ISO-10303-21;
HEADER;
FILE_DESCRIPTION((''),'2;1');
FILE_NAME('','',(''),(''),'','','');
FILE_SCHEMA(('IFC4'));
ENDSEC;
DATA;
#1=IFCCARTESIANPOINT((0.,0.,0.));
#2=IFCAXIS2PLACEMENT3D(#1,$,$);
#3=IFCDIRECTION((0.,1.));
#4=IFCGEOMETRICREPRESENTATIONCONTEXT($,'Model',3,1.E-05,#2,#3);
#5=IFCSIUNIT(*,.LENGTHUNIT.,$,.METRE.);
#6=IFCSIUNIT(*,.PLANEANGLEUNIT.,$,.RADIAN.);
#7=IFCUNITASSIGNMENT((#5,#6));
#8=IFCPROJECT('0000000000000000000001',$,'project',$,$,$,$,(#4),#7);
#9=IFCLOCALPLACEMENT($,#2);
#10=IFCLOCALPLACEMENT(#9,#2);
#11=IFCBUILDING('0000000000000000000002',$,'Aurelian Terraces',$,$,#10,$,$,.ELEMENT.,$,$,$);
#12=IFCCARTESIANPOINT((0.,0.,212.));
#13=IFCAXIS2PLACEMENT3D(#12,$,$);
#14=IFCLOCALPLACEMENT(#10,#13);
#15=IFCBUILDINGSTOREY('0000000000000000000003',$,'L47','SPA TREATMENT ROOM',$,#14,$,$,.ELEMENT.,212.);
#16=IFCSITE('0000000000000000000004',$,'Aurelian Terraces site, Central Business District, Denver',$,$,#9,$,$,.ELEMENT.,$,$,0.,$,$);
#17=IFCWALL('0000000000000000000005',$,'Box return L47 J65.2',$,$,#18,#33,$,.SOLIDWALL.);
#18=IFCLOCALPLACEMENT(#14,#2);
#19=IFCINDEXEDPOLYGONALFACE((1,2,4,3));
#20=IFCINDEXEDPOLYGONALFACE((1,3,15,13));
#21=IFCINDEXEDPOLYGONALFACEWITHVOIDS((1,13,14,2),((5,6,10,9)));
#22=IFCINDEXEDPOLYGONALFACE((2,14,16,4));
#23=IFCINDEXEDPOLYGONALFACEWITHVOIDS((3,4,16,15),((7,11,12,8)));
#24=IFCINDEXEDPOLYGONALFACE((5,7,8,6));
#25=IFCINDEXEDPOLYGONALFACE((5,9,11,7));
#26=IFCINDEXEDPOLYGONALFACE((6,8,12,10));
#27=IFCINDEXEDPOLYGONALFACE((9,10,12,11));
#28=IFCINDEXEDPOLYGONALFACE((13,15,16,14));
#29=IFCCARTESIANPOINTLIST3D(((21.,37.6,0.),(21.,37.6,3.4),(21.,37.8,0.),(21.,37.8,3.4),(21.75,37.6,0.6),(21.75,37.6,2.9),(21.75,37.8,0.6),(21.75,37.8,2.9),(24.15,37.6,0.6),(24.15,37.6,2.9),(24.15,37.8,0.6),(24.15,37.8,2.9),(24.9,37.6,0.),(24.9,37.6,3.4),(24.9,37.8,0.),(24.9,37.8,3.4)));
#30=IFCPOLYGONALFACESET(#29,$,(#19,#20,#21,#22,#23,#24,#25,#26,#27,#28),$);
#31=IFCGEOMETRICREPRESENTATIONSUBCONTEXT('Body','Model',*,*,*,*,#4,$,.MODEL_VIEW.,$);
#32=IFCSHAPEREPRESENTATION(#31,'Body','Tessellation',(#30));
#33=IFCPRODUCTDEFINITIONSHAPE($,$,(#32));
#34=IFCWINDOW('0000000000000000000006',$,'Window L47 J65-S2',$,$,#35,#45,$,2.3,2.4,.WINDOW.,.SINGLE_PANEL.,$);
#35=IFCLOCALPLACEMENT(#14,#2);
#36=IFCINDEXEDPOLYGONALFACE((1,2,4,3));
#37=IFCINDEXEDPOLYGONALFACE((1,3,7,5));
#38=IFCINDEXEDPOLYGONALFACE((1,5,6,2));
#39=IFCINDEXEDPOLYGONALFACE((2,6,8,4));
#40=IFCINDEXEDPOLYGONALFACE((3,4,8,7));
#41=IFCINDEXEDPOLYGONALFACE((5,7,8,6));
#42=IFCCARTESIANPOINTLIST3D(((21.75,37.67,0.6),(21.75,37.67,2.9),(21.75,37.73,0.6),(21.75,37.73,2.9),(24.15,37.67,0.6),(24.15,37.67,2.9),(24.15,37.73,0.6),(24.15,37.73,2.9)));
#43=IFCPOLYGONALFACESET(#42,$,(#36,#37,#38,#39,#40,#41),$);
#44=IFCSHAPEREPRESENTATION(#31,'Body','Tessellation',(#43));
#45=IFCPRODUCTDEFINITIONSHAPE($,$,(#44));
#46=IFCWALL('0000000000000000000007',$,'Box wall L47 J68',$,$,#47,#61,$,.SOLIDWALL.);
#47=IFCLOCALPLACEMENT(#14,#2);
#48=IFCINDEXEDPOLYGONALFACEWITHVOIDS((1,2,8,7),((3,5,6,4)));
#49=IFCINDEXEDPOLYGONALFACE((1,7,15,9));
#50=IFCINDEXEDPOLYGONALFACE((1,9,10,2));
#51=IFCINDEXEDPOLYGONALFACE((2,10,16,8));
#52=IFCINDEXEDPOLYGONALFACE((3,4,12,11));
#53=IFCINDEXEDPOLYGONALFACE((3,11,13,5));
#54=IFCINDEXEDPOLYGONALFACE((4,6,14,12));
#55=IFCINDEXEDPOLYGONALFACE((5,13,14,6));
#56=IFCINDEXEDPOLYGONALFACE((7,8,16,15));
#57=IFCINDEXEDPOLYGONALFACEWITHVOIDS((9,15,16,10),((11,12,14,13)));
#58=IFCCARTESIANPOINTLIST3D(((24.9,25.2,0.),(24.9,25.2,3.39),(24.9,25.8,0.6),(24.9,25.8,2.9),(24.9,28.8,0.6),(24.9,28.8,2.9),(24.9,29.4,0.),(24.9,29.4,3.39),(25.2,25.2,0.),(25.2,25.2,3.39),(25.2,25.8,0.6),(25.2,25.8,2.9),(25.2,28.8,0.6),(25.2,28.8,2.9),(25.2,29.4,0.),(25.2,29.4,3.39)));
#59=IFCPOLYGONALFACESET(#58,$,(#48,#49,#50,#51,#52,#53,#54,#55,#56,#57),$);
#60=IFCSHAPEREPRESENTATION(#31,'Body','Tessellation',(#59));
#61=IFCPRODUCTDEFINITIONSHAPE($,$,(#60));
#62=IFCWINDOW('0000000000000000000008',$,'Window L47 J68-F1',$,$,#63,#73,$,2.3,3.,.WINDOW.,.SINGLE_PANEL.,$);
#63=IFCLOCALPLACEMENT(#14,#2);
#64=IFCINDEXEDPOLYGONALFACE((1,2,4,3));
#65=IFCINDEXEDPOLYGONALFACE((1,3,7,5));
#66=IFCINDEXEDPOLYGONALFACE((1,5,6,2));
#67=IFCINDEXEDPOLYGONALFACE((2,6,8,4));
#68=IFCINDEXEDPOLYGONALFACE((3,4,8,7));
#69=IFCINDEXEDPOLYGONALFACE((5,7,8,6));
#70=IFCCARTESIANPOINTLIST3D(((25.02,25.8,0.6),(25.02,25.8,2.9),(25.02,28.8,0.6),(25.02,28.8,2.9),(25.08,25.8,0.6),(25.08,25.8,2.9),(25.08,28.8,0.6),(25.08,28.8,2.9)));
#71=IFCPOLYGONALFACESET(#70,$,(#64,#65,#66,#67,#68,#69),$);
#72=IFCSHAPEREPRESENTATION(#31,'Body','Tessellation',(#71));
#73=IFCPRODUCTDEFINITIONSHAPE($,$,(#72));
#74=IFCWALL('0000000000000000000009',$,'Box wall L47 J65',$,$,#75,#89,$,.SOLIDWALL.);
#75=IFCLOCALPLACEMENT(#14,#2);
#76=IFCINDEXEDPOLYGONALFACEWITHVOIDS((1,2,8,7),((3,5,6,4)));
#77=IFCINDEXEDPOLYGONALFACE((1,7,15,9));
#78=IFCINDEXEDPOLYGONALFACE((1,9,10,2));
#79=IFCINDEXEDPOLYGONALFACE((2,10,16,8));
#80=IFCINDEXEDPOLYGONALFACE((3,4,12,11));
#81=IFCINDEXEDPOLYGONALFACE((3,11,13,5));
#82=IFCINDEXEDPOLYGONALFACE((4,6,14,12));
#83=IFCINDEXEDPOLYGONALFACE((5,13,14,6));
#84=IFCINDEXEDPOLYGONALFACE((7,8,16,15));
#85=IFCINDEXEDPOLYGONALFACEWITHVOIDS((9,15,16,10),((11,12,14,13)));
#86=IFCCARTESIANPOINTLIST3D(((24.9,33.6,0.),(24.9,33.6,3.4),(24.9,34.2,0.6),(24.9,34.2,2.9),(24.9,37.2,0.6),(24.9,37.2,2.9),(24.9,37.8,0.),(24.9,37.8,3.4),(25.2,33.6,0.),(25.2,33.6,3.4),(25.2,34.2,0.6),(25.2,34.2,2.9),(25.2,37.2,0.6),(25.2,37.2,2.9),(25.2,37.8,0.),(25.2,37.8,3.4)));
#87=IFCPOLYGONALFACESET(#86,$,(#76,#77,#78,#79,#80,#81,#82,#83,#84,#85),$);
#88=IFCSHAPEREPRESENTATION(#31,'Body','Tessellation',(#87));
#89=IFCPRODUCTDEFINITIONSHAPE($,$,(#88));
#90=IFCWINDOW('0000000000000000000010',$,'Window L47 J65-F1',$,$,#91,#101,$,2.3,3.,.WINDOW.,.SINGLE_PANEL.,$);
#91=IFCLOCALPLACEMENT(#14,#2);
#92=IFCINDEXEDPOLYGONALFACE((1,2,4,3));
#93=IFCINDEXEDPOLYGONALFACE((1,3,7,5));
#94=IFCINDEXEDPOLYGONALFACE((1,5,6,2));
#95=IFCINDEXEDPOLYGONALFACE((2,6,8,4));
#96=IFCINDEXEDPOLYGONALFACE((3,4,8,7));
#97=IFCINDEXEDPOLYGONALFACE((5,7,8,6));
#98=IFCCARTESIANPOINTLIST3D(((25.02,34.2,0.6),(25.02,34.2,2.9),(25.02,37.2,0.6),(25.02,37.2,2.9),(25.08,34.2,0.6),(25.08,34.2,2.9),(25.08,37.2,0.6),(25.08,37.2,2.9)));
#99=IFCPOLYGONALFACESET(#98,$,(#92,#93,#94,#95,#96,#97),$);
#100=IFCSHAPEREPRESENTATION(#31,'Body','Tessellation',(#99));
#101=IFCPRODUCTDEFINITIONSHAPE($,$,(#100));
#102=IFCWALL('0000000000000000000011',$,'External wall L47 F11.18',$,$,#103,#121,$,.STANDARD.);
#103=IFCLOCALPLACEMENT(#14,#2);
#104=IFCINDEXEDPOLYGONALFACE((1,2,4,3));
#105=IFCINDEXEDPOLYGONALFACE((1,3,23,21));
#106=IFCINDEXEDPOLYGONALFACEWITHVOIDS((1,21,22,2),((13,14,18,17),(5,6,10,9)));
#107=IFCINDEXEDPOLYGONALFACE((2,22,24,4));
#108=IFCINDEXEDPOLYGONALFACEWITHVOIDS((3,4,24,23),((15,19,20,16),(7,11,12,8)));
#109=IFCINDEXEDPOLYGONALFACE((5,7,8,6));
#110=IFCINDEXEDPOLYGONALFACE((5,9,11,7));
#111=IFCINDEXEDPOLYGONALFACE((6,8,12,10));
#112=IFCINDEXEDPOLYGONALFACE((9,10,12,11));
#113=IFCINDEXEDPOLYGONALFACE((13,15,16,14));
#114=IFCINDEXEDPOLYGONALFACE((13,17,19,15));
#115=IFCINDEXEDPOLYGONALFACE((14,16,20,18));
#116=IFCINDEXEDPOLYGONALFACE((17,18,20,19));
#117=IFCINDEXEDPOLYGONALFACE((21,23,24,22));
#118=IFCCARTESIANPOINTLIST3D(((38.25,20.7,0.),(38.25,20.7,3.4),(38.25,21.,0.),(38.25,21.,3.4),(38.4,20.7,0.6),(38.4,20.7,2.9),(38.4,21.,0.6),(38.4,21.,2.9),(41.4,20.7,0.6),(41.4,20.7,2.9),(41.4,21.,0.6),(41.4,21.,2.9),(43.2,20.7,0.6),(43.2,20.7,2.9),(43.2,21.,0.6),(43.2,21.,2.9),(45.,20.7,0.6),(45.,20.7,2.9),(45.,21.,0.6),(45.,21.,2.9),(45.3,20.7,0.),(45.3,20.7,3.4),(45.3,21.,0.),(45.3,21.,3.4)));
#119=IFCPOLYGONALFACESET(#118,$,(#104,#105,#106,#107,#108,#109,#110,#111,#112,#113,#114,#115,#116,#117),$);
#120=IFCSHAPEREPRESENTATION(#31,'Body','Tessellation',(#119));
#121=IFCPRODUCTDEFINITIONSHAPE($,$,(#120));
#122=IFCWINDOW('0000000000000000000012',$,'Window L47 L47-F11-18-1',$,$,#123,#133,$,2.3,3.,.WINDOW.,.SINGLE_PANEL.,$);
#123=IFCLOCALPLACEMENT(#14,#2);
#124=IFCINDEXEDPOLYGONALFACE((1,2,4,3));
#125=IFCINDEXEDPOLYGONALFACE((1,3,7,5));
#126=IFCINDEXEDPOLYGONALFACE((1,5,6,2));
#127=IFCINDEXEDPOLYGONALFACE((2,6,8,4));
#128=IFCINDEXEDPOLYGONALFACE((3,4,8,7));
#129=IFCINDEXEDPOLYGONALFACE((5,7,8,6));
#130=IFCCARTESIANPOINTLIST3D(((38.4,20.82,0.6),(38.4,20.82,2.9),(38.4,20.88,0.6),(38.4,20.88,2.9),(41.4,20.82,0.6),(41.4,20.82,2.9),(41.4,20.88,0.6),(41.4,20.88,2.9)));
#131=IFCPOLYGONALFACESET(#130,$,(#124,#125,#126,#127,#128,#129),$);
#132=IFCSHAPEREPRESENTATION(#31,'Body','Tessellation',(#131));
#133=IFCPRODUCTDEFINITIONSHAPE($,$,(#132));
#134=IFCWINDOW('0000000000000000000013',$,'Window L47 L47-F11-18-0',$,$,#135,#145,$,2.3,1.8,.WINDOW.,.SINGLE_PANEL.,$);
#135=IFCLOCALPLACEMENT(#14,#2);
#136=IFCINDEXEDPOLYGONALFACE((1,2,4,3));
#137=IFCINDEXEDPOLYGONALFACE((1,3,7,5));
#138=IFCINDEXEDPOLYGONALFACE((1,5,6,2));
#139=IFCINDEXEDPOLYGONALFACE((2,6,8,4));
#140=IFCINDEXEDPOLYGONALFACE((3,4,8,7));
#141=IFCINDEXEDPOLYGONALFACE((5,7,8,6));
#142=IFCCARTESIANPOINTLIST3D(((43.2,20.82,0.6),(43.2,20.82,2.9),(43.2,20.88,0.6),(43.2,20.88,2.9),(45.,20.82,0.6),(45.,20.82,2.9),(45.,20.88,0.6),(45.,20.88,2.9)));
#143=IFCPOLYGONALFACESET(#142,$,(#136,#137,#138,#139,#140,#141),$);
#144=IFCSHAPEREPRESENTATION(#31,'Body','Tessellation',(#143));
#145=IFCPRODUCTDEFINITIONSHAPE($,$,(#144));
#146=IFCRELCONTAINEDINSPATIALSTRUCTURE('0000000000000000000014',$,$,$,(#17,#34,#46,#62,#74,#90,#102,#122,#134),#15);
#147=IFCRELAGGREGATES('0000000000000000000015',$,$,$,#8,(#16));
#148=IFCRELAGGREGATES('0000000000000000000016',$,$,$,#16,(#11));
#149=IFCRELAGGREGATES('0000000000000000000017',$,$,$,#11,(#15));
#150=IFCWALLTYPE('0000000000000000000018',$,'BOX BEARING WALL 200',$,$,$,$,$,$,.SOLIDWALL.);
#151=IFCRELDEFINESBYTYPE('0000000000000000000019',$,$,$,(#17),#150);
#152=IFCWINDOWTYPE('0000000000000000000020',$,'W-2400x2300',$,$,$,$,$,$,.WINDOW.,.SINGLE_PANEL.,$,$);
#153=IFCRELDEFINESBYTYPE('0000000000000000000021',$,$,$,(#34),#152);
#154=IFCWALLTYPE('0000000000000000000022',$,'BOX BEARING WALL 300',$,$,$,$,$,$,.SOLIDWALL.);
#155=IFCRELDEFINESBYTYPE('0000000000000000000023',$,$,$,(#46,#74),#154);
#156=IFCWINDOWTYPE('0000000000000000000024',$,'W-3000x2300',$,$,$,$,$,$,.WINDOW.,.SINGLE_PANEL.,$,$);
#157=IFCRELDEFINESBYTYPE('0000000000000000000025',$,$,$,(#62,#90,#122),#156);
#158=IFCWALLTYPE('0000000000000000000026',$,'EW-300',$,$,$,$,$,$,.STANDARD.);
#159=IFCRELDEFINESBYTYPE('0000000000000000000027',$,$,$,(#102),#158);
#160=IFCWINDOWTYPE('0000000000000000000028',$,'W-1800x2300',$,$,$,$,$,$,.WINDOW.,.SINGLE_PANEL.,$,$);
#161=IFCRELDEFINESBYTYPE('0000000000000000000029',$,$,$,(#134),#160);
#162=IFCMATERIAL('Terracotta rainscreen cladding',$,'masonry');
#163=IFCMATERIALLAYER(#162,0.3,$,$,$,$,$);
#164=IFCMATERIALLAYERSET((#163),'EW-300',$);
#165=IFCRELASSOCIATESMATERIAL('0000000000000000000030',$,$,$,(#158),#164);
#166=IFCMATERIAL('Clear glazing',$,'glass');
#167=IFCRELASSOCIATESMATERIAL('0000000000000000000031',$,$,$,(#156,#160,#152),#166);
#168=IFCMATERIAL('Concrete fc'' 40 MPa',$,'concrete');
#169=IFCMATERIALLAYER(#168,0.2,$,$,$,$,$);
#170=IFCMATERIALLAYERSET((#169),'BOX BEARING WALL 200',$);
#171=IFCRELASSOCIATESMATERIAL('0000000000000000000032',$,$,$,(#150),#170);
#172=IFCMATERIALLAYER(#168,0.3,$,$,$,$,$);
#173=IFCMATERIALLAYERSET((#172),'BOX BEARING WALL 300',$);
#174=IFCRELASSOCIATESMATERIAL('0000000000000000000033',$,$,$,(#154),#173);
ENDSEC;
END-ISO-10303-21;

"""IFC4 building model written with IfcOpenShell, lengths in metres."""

from ifc_helpers import new_model, si_unit, direction, frame, frame_2d, origin, place, context, subcontext, project, spatial, rectangle, extrude, source, transform, mapped, material, layer, layer_set, type_object, element, fill, save


model = new_model("IFC4")

# Units and contexts
model_context = context("Model", 3, precision=1e-05, world=origin(), true_north=direction((0.0, 1.0)))
body_context = subcontext(model_context, "Body", "Model", "MODEL_VIEW")
ifc_project = project(units=[si_unit("LENGTHUNIT", "METRE"), si_unit("PLANEANGLEUNIT", "RADIAN")], contexts=[model_context])

# Site, building, storey
site_placement = place(None, origin())
site = spatial("IfcSite", under=ifc_project, at=site_placement, Name="Aurelian Terraces site, Central Business District, Denver", CompositionType="ELEMENT", RefElevation=0.0)
building_placement = place(site_placement, origin())
building = spatial("IfcBuilding", under=site, at=building_placement, Name="Aurelian Terraces", CompositionType="ELEMENT")
storey_placement = place(building_placement, frame((0.0, 0.0, 212.0)))
storey = spatial("IfcBuildingStorey", under=building, at=storey_placement, Name="L47", Description="SPA TREATMENT ROOM", CompositionType="ELEMENT", Elevation=212.0)

# Shared definitions
ifc_material_1 = material(Name="Concrete fc' 40 MPa", Category="concrete")

# Shared definitions
ifc_material_2 = material(Name="Terracotta rainscreen cladding", Category="masonry")
ifc_layer_1 = layer(ifc_material_2, 0.3)
ifc_layer_set_1 = layer_set([ifc_layer_1], Name="EW-300")
wall_type_1 = type_object("IfcWallType", Name="EW-300", PredefinedType="STANDARD", material=ifc_layer_set_1)
shared_shape_1 = source(origin(), body_context, "Body", "SweptSolid", [
    extrude(rectangle(XDim=3.0, YDim=2.3, at=frame_2d((1.5, 1.15))), frame((0.0, 0.16, 0.0), z_axis=(0.0, -1.0, 0.0), x_axis=(1.0, 0.0, 0.0)), (0.0, 0.0, 1.0), 0.32),
])
shared_shape_2 = source(origin(), body_context, "Body", "SweptSolid", [
    extrude(rectangle(XDim=1.8, YDim=2.3, at=frame_2d((0.9, 1.15))), frame((0.0, 0.16, 0.0), z_axis=(0.0, -1.0, 0.0), x_axis=(1.0, 0.0, 0.0)), (0.0, 0.0, 1.0), 0.32),
])
ifc_material_3 = material(Name="Clear glazing", Category="glass")
window_type_1 = type_object("IfcWindowType", Name="W-3000x2300", PartitioningType="SINGLE_PANEL", PredefinedType="WINDOW", material=ifc_material_3)
shared_shape_3 = source(origin(), body_context, "Body", "SweptSolid", [
    extrude(rectangle(XDim=3.0, YDim=2.3, at=frame_2d((1.5, 1.15))), frame((0.0, 0.03, 0.0), z_axis=(0.0, -1.0, 0.0), x_axis=(1.0, 0.0, 0.0)), (0.0, 0.0, 1.0), 0.06),
])
window_type_2 = type_object("IfcWindowType", Name="W-1800x2300", PartitioningType="SINGLE_PANEL", PredefinedType="WINDOW", material=ifc_material_3)
shared_shape_4 = source(origin(), body_context, "Body", "SweptSolid", [
    extrude(rectangle(XDim=1.8, YDim=2.3, at=frame_2d((0.9, 1.15))), frame((0.0, 0.03, 0.0), z_axis=(0.0, -1.0, 0.0), x_axis=(1.0, 0.0, 0.0)), (0.0, 0.0, 1.0), 0.06),
])

# Walls, openings, windows
ifc_layer_2 = layer(ifc_material_1, 0.2)
ifc_layer_set_2 = layer_set([ifc_layer_2], Name="BOX BEARING WALL 200")
wall_type_2 = type_object("IfcWallType", Name="BOX BEARING WALL 200", PredefinedType="SOLIDWALL", material=ifc_layer_set_2)
shared_shape_5 = source(origin(), body_context, "Body", "SweptSolid", [
    extrude(rectangle(XDim=3.9, YDim=0.2, at=frame_2d((1.95, 0.0))), origin(), (0.0, 0.0, 1.0), 3.4),
])
wall_1_placement = place(storey_placement, frame((21.0, 37.7, 0.0), z_axis=(0.0, 0.0, 1.0), x_axis=(1.0, 0.0, 0.0)))
wall_1 = element("IfcWall", 1, at=wall_1_placement, inside=storey, type_object=wall_type_2, Name="Box return L47 J65.2", PredefinedType="SOLIDWALL", context=body_context, shape_type="MappedRepresentation", body=[
    mapped(shared_shape_5, transform((0.0, 0.0, 0.0), scale=1.0)),
])
shared_shape_6 = source(origin(), body_context, "Body", "SweptSolid", [
    extrude(rectangle(XDim=2.4, YDim=2.3, at=frame_2d((1.2, 1.15))), frame((0.0, 0.11, 0.0), z_axis=(0.0, -1.0, 0.0), x_axis=(1.0, 0.0, 0.0)), (0.0, 0.0, 1.0), 0.22),
])
opening_1_placement = place(wall_1_placement, frame((0.75, 0.0, 0.6)))
opening_1 = element("IfcOpeningElement", 2, at=opening_1_placement, cuts=wall_1, PredefinedType="OPENING", context=body_context, shape_type="MappedRepresentation", body=[
    mapped(shared_shape_6, transform((0.0, 0.0, 0.0), scale=1.0)),
])
window_type_3 = type_object("IfcWindowType", Name="W-2400x2300", PartitioningType="SINGLE_PANEL", PredefinedType="WINDOW", material=ifc_material_3)
shared_shape_7 = source(origin(), body_context, "Body", "SweptSolid", [
    extrude(rectangle(XDim=2.4, YDim=2.3, at=frame_2d((1.2, 1.15))), frame((0.0, 0.03, 0.0), z_axis=(0.0, -1.0, 0.0), x_axis=(1.0, 0.0, 0.0)), (0.0, 0.0, 1.0), 0.06),
])
window_1_placement = place(opening_1_placement, origin())
window_1 = element("IfcWindow", 3, at=window_1_placement, inside=storey, type_object=window_type_3, Name="Window L47 J65-S2", OverallHeight=2.3, OverallWidth=2.4, PartitioningType="SINGLE_PANEL", PredefinedType="WINDOW", context=body_context, shape_type="MappedRepresentation", body=[
    mapped(shared_shape_7, transform((0.0, 0.0, 0.0), scale=1.0)),
])
fill(opening_1, window_1)
ifc_layer_3 = layer(ifc_material_1, 0.3)
ifc_layer_set_3 = layer_set([ifc_layer_3], Name="BOX BEARING WALL 300")
wall_type_3 = type_object("IfcWallType", Name="BOX BEARING WALL 300", PredefinedType="SOLIDWALL", material=ifc_layer_set_3)
shared_shape_8 = source(origin(), body_context, "Body", "SweptSolid", [
    extrude(rectangle(XDim=4.2, YDim=0.3, at=frame_2d((2.1, 0.0))), origin(), (0.0, 0.0, 1.0), 3.39),
])
wall_2_placement = place(storey_placement, frame((25.05, 25.2, 0.0), z_axis=(0.0, 0.0, 1.0), x_axis=(0.0, 1.0, 0.0)))
wall_2 = element("IfcWall", 4, at=wall_2_placement, inside=storey, type_object=wall_type_3, Name="Box wall L47 J68", PredefinedType="SOLIDWALL", context=body_context, shape_type="MappedRepresentation", body=[
    mapped(shared_shape_8, transform((0.0, 0.0, 0.0), scale=1.0)),
])
opening_2_placement = place(wall_2_placement, frame((0.6, 0.0, 0.6)))
opening_2 = element("IfcOpeningElement", 5, at=opening_2_placement, cuts=wall_2, PredefinedType="OPENING", context=body_context, shape_type="MappedRepresentation", body=[
    mapped(shared_shape_1, transform((0.0, 0.0, 0.0), scale=1.0)),
])
window_2_placement = place(opening_2_placement, origin())
window_2 = element("IfcWindow", 6, at=window_2_placement, inside=storey, type_object=window_type_1, Name="Window L47 J68-F1", OverallHeight=2.3, OverallWidth=3.0, PartitioningType="SINGLE_PANEL", PredefinedType="WINDOW", context=body_context, shape_type="MappedRepresentation", body=[
    mapped(shared_shape_3, transform((0.0, 0.0, 0.0), scale=1.0)),
])
fill(opening_2, window_2)
shared_shape_9 = source(origin(), body_context, "Body", "SweptSolid", [
    extrude(rectangle(XDim=4.2, YDim=0.3, at=frame_2d((2.1, 0.0))), origin(), (0.0, 0.0, 1.0), 3.4),
])
wall_3_placement = place(storey_placement, frame((25.05, 33.6, 0.0), z_axis=(0.0, 0.0, 1.0), x_axis=(0.0, 1.0, 0.0)))
wall_3 = element("IfcWall", 7, at=wall_3_placement, inside=storey, type_object=wall_type_3, Name="Box wall L47 J65", PredefinedType="SOLIDWALL", context=body_context, shape_type="MappedRepresentation", body=[
    mapped(shared_shape_9, transform((0.0, 0.0, 0.0), scale=1.0)),
])
opening_3_placement = place(wall_3_placement, frame((0.6, 0.0, 0.6)))
opening_3 = element("IfcOpeningElement", 8, at=opening_3_placement, cuts=wall_3, PredefinedType="OPENING", context=body_context, shape_type="MappedRepresentation", body=[
    mapped(shared_shape_1, transform((0.0, 0.0, 0.0), scale=1.0)),
])
window_3_placement = place(opening_3_placement, origin())
window_3 = element("IfcWindow", 9, at=window_3_placement, inside=storey, type_object=window_type_1, Name="Window L47 J65-F1", OverallHeight=2.3, OverallWidth=3.0, PartitioningType="SINGLE_PANEL", PredefinedType="WINDOW", context=body_context, shape_type="MappedRepresentation", body=[
    mapped(shared_shape_3, transform((0.0, 0.0, 0.0), scale=1.0)),
])
fill(opening_3, window_3)

# Wall, openings, windows
shared_shape_10 = source(origin(), body_context, "Body", "SweptSolid", [
    extrude(rectangle(XDim=7.05, YDim=0.3, at=frame_2d((3.525, 0.0))), origin(), (0.0, 0.0, 1.0), 3.4),
])
wall_4_placement = place(storey_placement, frame((45.3, 20.85, 0.0), z_axis=(0.0, 0.0, 1.0), x_axis=(-1.0, 0.0, 0.0)))
wall_4 = element("IfcWall", 10, at=wall_4_placement, inside=storey, type_object=wall_type_1, Name="External wall L47 F11.18", PredefinedType="STANDARD", context=body_context, shape_type="MappedRepresentation", body=[
    mapped(shared_shape_10, transform((0.0, 0.0, 0.0), scale=1.0)),
])
opening_4_placement = place(wall_4_placement, frame((0.3, 0.0, 0.6)))
opening_4 = element("IfcOpeningElement", 11, at=opening_4_placement, cuts=wall_4, PredefinedType="OPENING", context=body_context, shape_type="MappedRepresentation", body=[
    mapped(shared_shape_2, transform((0.0, 0.0, 0.0), scale=1.0)),
])
opening_5_placement = place(wall_4_placement, frame((3.9, 0.0, 0.6)))
opening_5 = element("IfcOpeningElement", 12, at=opening_5_placement, cuts=wall_4, PredefinedType="OPENING", context=body_context, shape_type="MappedRepresentation", body=[
    mapped(shared_shape_1, transform((0.0, 0.0, 0.0), scale=1.0)),
])
window_4_placement = place(opening_5_placement, origin())
window_4 = element("IfcWindow", 13, at=window_4_placement, inside=storey, type_object=window_type_1, Name="Window L47 L47-F11-18-1", OverallHeight=2.3, OverallWidth=3.0, PartitioningType="SINGLE_PANEL", PredefinedType="WINDOW", context=body_context, shape_type="MappedRepresentation", body=[
    mapped(shared_shape_3, transform((0.0, 0.0, 0.0), scale=1.0)),
])
fill(opening_5, window_4)
window_5_placement = place(opening_4_placement, origin())
window_5 = element("IfcWindow", 14, at=window_5_placement, inside=storey, type_object=window_type_2, Name="Window L47 L47-F11-18-0", OverallHeight=2.3, OverallWidth=1.8, PartitioningType="SINGLE_PANEL", PredefinedType="WINDOW", context=body_context, shape_type="MappedRepresentation", body=[
    mapped(shared_shape_4, transform((0.0, 0.0, 0.0), scale=1.0)),
])
fill(opening_4, window_5)

save(model, "model.ifc")
